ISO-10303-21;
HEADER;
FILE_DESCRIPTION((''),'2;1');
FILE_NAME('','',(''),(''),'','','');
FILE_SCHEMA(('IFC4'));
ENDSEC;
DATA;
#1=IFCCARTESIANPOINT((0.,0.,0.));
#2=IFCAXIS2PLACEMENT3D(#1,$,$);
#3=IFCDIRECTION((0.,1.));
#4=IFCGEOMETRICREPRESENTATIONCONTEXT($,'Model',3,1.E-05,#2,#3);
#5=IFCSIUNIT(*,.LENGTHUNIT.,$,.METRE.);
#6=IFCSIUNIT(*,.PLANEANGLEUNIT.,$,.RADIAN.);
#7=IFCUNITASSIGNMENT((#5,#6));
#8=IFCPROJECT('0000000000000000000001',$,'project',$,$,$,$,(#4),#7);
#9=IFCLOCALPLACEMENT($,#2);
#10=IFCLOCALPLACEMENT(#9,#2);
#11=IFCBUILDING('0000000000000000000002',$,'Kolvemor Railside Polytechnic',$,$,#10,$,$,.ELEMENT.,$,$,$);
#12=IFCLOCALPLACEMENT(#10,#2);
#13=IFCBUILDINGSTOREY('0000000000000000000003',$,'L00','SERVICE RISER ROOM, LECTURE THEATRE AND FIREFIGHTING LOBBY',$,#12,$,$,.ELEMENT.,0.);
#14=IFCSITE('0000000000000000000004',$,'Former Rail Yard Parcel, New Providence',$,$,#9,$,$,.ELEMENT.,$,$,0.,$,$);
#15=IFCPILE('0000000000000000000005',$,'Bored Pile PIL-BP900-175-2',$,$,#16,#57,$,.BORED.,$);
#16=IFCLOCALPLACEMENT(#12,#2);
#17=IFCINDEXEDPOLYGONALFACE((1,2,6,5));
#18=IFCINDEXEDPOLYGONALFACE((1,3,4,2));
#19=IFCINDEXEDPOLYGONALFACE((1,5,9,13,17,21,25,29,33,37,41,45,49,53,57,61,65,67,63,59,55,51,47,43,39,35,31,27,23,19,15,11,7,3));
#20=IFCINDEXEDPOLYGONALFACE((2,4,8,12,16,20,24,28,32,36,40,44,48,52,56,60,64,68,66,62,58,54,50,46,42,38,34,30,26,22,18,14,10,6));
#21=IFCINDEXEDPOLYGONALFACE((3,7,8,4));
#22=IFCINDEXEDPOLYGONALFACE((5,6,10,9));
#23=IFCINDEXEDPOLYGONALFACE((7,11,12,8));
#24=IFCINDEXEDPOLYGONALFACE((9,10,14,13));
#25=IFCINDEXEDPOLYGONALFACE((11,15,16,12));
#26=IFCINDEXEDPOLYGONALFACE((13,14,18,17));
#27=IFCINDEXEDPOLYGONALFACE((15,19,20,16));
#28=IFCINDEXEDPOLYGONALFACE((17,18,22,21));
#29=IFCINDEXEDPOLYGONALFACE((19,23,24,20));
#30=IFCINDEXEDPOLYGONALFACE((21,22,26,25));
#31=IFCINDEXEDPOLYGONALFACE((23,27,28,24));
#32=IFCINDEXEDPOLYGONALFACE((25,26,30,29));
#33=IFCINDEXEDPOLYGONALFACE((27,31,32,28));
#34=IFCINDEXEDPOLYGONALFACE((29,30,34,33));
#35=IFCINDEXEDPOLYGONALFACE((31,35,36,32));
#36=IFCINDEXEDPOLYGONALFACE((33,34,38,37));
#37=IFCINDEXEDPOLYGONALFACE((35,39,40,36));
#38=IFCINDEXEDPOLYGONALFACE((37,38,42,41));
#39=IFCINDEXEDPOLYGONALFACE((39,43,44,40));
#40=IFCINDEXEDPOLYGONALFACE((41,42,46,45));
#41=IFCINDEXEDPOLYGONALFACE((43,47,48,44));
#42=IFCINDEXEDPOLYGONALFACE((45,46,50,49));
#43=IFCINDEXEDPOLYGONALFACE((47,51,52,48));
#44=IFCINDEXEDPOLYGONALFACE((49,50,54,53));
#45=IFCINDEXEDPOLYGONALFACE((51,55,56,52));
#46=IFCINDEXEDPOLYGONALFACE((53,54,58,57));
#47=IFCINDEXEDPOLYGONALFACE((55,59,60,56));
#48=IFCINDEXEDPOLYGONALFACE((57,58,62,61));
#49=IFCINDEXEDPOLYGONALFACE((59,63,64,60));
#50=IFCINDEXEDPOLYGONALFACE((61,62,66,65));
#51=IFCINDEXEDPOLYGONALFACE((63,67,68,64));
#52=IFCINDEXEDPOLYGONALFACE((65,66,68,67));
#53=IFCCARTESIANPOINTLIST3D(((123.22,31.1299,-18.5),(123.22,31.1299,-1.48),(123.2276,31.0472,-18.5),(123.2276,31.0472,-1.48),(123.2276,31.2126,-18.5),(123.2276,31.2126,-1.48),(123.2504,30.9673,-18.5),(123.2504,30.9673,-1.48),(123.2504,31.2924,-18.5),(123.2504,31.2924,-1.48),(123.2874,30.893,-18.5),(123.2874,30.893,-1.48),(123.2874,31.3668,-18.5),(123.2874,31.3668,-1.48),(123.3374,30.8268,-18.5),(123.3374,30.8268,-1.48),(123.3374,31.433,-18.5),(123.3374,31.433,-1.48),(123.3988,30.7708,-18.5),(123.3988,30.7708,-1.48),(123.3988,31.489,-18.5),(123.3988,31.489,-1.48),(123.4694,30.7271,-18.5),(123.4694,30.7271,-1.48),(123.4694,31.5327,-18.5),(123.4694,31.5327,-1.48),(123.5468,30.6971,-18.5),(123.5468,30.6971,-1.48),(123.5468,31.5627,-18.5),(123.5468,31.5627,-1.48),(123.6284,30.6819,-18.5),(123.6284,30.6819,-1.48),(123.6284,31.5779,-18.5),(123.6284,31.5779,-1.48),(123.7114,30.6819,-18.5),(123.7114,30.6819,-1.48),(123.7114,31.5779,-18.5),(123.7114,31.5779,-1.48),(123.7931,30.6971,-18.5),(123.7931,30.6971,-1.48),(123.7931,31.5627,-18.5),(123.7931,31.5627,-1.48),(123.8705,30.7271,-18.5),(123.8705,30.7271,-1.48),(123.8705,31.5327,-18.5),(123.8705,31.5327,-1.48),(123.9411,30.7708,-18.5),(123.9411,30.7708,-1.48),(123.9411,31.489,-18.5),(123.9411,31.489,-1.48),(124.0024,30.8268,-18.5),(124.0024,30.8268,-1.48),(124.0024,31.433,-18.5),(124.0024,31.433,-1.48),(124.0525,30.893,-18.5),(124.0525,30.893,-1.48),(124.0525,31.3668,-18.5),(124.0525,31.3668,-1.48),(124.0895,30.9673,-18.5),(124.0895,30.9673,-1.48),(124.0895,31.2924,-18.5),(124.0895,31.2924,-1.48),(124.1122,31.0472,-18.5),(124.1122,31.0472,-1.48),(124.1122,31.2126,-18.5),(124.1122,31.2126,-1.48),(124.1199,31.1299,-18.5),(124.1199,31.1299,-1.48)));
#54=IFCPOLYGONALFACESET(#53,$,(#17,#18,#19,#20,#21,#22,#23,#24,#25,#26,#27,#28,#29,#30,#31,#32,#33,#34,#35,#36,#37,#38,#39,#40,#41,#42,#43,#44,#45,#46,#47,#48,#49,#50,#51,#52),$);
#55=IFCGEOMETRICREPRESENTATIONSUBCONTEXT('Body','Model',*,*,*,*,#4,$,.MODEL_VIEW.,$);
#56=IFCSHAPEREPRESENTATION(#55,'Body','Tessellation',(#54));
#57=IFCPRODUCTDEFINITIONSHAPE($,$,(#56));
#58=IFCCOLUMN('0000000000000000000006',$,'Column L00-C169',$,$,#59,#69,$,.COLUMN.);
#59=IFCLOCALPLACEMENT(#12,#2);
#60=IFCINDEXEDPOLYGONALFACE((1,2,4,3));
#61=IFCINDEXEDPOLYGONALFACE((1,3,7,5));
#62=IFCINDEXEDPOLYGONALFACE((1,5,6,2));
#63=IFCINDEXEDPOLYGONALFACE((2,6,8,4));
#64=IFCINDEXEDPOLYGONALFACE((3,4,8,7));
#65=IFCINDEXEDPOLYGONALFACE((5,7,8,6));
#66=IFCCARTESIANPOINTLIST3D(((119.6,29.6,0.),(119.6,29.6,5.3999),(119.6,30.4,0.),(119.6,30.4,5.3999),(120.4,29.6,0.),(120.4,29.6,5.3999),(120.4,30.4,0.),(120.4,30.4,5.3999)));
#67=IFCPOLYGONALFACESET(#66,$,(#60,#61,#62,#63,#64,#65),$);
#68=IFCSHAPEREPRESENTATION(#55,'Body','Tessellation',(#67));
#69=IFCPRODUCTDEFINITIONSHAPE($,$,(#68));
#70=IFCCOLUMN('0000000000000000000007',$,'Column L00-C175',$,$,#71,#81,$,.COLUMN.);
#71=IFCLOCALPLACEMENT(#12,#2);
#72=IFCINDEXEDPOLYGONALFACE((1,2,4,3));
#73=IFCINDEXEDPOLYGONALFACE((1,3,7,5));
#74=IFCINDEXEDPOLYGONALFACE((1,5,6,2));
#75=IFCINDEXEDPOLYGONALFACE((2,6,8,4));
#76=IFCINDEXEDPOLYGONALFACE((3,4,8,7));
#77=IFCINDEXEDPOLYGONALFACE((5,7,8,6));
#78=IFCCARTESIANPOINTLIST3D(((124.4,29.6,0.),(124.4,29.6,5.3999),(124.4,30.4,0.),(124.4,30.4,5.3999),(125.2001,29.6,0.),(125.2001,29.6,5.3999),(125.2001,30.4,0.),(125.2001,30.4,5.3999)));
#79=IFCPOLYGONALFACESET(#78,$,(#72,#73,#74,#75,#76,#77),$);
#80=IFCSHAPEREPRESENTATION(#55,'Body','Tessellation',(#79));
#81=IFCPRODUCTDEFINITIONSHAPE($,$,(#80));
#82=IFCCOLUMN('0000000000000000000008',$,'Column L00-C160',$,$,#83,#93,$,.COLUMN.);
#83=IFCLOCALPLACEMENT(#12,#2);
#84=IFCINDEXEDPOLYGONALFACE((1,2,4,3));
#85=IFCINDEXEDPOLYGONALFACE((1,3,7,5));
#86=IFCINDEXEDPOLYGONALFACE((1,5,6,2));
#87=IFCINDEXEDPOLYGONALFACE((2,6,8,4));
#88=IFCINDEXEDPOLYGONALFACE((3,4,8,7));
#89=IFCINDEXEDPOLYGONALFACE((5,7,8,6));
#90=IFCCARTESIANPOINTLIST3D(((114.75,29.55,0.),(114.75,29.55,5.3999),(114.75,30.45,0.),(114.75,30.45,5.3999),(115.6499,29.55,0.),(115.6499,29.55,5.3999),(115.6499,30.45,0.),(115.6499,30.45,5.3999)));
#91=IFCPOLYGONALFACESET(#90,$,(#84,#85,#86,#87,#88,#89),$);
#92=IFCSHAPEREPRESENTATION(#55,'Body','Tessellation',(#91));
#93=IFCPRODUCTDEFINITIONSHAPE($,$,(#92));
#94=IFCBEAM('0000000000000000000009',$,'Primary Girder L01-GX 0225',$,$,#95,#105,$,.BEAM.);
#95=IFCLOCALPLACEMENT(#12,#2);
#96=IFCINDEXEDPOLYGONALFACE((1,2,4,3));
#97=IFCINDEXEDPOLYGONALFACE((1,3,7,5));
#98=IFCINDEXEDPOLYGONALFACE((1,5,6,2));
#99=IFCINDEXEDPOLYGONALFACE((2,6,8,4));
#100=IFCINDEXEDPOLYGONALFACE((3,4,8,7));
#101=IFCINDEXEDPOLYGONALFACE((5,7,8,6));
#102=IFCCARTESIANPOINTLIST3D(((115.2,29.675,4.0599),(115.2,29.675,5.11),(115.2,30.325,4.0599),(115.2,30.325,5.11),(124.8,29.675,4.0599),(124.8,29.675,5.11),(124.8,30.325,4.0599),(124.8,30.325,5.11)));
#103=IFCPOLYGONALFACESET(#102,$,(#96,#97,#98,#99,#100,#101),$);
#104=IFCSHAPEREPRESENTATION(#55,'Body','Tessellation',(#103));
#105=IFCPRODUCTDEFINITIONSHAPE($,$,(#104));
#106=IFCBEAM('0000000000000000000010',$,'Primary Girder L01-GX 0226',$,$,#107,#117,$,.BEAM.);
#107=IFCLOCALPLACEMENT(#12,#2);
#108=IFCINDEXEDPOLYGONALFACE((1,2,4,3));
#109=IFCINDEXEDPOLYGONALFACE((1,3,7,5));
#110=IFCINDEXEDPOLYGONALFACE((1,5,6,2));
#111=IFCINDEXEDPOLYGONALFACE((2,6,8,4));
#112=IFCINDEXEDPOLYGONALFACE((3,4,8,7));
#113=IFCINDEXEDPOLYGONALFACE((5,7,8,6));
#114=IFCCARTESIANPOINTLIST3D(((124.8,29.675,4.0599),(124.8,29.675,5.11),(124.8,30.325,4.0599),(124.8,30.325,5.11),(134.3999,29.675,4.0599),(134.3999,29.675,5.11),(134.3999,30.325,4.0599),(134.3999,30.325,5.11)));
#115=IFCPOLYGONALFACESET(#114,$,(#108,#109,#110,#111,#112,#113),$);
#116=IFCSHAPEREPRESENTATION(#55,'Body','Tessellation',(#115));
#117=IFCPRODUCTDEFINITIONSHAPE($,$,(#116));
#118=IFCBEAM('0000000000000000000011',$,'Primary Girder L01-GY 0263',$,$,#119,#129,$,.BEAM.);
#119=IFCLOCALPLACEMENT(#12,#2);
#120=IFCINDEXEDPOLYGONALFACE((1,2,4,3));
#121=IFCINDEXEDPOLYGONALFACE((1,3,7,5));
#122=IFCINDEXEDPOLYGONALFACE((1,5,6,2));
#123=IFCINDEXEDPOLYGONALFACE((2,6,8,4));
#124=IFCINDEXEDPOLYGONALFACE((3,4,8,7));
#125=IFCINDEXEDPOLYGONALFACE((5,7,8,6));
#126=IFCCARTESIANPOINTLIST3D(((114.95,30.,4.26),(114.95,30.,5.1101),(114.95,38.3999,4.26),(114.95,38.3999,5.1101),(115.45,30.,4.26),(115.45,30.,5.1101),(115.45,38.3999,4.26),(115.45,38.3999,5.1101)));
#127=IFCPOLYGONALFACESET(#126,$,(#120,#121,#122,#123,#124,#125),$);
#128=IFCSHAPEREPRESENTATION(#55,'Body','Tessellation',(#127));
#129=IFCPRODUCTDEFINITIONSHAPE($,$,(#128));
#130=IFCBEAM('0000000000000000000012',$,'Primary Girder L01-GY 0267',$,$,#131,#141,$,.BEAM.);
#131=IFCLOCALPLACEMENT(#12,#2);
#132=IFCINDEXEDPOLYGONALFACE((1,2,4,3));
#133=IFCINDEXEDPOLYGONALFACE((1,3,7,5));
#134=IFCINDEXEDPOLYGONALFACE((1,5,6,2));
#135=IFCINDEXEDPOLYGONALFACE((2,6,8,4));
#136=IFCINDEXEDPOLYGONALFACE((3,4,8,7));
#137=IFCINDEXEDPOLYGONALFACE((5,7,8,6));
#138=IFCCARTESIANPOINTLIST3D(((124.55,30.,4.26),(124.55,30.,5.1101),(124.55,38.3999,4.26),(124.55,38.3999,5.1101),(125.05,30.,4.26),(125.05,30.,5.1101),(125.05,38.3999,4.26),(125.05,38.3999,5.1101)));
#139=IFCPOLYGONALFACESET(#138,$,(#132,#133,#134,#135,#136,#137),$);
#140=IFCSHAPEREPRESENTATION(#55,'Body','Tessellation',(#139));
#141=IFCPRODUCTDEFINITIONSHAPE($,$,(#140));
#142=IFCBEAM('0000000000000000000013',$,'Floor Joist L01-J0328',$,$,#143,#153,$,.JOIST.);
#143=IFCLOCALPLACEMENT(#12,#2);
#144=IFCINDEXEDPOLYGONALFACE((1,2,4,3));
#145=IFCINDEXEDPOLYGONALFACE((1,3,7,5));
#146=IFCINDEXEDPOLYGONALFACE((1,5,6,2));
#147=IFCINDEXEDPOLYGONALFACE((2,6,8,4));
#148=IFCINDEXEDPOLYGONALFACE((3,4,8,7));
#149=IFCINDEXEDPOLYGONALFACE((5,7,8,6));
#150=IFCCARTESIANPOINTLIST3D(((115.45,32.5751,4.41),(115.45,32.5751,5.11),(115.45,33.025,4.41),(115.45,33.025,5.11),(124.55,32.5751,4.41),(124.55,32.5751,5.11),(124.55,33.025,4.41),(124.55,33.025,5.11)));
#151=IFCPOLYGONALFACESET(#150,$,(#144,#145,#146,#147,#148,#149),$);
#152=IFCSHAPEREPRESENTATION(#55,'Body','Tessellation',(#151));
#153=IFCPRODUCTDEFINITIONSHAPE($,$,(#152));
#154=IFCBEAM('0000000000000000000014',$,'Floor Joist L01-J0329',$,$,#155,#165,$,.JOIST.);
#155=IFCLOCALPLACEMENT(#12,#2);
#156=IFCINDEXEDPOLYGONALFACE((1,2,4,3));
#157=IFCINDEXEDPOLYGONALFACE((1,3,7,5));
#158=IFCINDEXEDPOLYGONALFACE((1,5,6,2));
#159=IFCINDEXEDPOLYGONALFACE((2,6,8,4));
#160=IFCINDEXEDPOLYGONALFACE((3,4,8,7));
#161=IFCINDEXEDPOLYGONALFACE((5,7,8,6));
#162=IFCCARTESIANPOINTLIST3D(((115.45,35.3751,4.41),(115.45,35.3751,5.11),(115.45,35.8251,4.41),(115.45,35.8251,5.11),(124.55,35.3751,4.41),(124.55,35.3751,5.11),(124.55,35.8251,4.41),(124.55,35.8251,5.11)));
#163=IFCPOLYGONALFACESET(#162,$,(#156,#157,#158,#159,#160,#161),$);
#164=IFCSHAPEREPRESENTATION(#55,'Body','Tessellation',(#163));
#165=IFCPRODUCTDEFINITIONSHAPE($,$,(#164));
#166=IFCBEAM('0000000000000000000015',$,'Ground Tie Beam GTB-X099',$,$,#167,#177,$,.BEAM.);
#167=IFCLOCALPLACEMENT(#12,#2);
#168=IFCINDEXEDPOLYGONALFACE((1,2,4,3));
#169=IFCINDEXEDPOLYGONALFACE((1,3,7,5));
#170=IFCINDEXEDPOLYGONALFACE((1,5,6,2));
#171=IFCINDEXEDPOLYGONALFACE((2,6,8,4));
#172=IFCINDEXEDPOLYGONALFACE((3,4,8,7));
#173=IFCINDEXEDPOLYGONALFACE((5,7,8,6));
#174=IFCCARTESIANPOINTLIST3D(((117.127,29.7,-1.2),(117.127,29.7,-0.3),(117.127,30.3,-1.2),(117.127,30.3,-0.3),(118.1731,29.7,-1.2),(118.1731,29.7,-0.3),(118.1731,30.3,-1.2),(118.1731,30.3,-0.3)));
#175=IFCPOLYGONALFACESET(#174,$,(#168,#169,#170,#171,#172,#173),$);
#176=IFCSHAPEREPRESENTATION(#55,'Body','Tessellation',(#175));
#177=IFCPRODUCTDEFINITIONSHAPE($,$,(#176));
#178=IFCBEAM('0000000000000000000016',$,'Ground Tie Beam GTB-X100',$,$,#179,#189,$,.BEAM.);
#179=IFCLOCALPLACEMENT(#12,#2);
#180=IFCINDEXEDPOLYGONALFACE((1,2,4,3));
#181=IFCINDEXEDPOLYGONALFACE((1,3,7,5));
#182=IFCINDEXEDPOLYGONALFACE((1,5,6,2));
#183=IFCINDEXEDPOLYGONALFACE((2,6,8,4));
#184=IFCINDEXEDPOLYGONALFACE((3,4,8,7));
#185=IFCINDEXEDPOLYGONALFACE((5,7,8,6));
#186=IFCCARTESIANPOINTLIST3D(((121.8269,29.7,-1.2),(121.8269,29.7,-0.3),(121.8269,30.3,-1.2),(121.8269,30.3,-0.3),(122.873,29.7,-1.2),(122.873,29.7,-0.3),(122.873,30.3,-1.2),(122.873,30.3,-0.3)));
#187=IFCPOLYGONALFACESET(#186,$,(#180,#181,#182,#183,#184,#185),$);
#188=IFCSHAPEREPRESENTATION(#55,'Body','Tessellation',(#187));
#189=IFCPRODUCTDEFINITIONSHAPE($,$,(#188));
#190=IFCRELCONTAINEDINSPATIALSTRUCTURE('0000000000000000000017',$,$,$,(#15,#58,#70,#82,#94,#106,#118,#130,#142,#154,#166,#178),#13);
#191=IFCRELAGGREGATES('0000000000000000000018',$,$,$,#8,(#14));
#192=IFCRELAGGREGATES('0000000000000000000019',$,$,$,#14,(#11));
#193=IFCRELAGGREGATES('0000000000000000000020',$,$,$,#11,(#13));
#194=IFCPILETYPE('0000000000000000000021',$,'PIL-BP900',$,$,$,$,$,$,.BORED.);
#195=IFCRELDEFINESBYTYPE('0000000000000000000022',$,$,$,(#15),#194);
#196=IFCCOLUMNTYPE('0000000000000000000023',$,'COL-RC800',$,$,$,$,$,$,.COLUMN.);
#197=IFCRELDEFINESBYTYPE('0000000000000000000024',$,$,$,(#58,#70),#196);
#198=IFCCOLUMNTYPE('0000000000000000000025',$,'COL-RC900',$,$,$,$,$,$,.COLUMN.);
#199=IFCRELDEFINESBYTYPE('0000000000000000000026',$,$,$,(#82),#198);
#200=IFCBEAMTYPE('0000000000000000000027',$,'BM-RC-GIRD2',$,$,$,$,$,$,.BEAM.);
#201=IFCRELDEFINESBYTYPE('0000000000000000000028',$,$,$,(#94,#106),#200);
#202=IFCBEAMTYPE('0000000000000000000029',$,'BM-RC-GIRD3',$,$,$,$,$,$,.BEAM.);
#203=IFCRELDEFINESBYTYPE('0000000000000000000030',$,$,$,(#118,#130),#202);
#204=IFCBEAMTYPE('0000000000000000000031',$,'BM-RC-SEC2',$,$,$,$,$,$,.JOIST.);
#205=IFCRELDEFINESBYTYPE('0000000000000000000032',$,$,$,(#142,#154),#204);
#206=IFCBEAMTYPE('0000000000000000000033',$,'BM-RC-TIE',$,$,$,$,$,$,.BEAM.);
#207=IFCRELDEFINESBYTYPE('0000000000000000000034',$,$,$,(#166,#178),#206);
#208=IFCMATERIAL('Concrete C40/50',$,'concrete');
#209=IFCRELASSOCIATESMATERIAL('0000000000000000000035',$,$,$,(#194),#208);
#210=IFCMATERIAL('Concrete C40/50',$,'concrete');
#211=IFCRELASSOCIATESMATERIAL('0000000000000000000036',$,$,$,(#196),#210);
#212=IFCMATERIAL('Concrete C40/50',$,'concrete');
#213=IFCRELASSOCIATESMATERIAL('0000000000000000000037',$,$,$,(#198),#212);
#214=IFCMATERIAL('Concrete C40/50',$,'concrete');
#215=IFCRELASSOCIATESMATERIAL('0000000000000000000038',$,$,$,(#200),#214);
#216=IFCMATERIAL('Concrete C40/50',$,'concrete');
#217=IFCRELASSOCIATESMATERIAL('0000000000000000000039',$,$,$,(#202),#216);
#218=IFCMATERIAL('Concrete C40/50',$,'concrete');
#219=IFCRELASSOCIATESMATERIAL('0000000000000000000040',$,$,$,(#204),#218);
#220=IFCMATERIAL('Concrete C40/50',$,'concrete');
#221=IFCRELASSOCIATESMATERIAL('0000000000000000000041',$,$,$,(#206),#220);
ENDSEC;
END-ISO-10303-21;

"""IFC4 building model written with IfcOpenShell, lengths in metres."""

from ifc_helpers import new_model, si_unit, direction, frame, origin, origin_2d, place, context, subcontext, project, spatial, rectangle, circle, extrude, material, material_profile, profile_set, type_object, element, save


model = new_model("IFC4")

# Units and contexts
model_context = context("Model", 3, precision=1e-05, world=origin(), true_north=direction((0.0, 1.0)))
body_context = subcontext(model_context, "Body", "Model", "MODEL_VIEW")
ifc_project = project(units=[si_unit("LENGTHUNIT", "METRE"), si_unit("PLANEANGLEUNIT", "RADIAN")], contexts=[model_context])

# Site, building, storey
site_placement = place(None, origin())
site = spatial("IfcSite", under=ifc_project, at=site_placement, Name="Former Rail Yard Parcel, New Providence", CompositionType="ELEMENT", RefElevation=0.0)
building_placement = place(site_placement, origin())
building = spatial("IfcBuilding", under=site, at=building_placement, Name="Kolvemor Railside Polytechnic", CompositionType="ELEMENT")
storey_placement = place(building_placement, origin())
storey = spatial("IfcBuildingStorey", under=building, at=storey_placement, Name="L00", Description="SERVICE RISER ROOM, LECTURE THEATRE AND FIREFIGHTING LOBBY", CompositionType="ELEMENT", Elevation=0.0)

# Pile
ifc_material_1 = material(Name="Concrete C40/50", Category="concrete")
ifc_material_profile_1 = material_profile(ifc_material_1, circle(Radius=0.45, at=origin_2d()), Name="BP900")
ifc_profile_set_1 = profile_set([ifc_material_profile_1], Name="Concrete C40/50")
pile_type_1 = type_object("IfcPileType", Name="PIL-BP900", PredefinedType="BORED", material=ifc_profile_set_1)
for number, where, z_axis, x_axis, name in (
    (1, (123.6699, 31.1299, -1.48), (0.0, 0.0, -1.0), (1.0, 0.0, 0.0), "Bored Pile PIL-BP900-175-2"),
):
    element("IfcPile", number, at=place(storey_placement, frame(where, z_axis=z_axis, x_axis=x_axis)), inside=storey, type_object=pile_type_1, Name=name, PredefinedType="BORED", context=body_context, shape_type="SweptSolid", body=[
        extrude(circle(Radius=0.45, at=origin_2d()), origin(), (0.0, 0.0, 1.0), 17.02),
    ])

# Columns
ifc_material_2 = material(Name="Concrete C40/50", Category="concrete")
ifc_material_profile_2 = material_profile(ifc_material_2, rectangle(XDim=0.8, YDim=0.8, at=origin_2d()), Name="RC800x800")
ifc_profile_set_2 = profile_set([ifc_material_profile_2], Name="Concrete C40/50")
column_type_1 = type_object("IfcColumnType", Name="COL-RC800", PredefinedType="COLUMN", material=ifc_profile_set_2)
for number, where, z_axis, x_axis, name in (
    (2, (120.0, 30.0, 0.0), (0.0, 0.0, 1.0), (1.0, 0.0, 0.0), "Column L00-C169"),
    (3, (124.8, 30.0, 0.0), (0.0, 0.0, 1.0), (1.0, 0.0, 0.0), "Column L00-C175"),
):
    element("IfcColumn", number, at=place(storey_placement, frame(where, z_axis=z_axis, x_axis=x_axis)), inside=storey, type_object=column_type_1, Name=name, PredefinedType="COLUMN", context=body_context, shape_type="SweptSolid", body=[
        extrude(rectangle(XDim=0.8, YDim=0.8, at=origin_2d()), origin(), (0.0, 0.0, 1.0), 5.3999),
    ])
ifc_material_3 = material(Name="Concrete C40/50", Category="concrete")
ifc_material_profile_3 = material_profile(ifc_material_3, rectangle(XDim=0.8999, YDim=0.8999, at=origin_2d()), Name="RC900x900")
ifc_profile_set_3 = profile_set([ifc_material_profile_3], Name="Concrete C40/50")
column_type_2 = type_object("IfcColumnType", Name="COL-RC900", PredefinedType="COLUMN", material=ifc_profile_set_3)
column_placement = place(storey_placement, frame((115.2, 30.0, 0.0), z_axis=(0.0, 0.0, 1.0), x_axis=(1.0, 0.0, 0.0)))
element("IfcColumn", 4, at=column_placement, inside=storey, type_object=column_type_2, Name="Column L00-C160", PredefinedType="COLUMN", context=body_context, shape_type="SweptSolid", body=[
    extrude(rectangle(XDim=0.8999, YDim=0.8999, at=origin_2d()), origin(), (0.0, 0.0, 1.0), 5.3999),
])

# Beams
ifc_material_4 = material(Name="Concrete C40/50", Category="concrete")
ifc_material_profile_4 = material_profile(ifc_material_4, rectangle(XDim=0.6499, YDim=1.05, at=origin_2d()), Name="RC650x1050")
ifc_profile_set_4 = profile_set([ifc_material_profile_4], Name="Concrete C40/50")
beam_type_1 = type_object("IfcBeamType", Name="BM-RC-GIRD2", PredefinedType="BEAM", material=ifc_profile_set_4)
beam_1_placement = place(storey_placement, frame((115.2, 30.0, 4.585), z_axis=(1.0, 0.0, 0.0), x_axis=(0.0, 1.0, 0.0)))
element("IfcBeam", 5, at=beam_1_placement, inside=storey, type_object=beam_type_1, Name="Primary Girder L01-GX 0225", PredefinedType="BEAM", context=body_context, shape_type="SweptSolid", body=[
    extrude(rectangle(XDim=0.6499, YDim=1.05, at=origin_2d()), origin(), (0.0, 0.0, 1.0), 9.6001),
])
beam_2_placement = place(storey_placement, frame((124.8, 30.0, 4.585), z_axis=(1.0, 0.0, 0.0), x_axis=(0.0, 1.0, 0.0)))
element("IfcBeam", 6, at=beam_2_placement, inside=storey, type_object=beam_type_1, Name="Primary Girder L01-GX 0226", PredefinedType="BEAM", context=body_context, shape_type="SweptSolid", body=[
    extrude(rectangle(XDim=0.6499, YDim=1.05, at=origin_2d()), origin(), (0.0, 0.0, 1.0), 9.5999),
])
ifc_material_5 = material(Name="Concrete C40/50", Category="concrete")
ifc_material_profile_5 = material_profile(ifc_material_5, rectangle(XDim=0.5, YDim=0.8501, at=origin_2d()), Name="RC500x850")
ifc_profile_set_5 = profile_set([ifc_material_profile_5], Name="Concrete C40/50")
beam_type_2 = type_object("IfcBeamType", Name="BM-RC-GIRD3", PredefinedType="BEAM", material=ifc_profile_set_5)
for number, where, z_axis, x_axis, name in (
    (7, (115.2, 30.0, 4.6851), (0.0, 1.0, 0.0), (-1.0, 0.0, 0.0), "Primary Girder L01-GY 0263"),
    (8, (124.8, 30.0, 4.6851), (0.0, 1.0, 0.0), (-1.0, 0.0, 0.0), "Primary Girder L01-GY 0267"),
):
    element("IfcBeam", number, at=place(storey_placement, frame(where, z_axis=z_axis, x_axis=x_axis)), inside=storey, type_object=beam_type_2, Name=name, PredefinedType="BEAM", context=body_context, shape_type="SweptSolid", body=[
        extrude(rectangle(XDim=0.5, YDim=0.8501, at=origin_2d()), origin(), (0.0, 0.0, 1.0), 8.3999),
    ])
ifc_material_6 = material(Name="Concrete C40/50", Category="concrete")
ifc_material_profile_6 = material_profile(ifc_material_6, rectangle(XDim=0.45, YDim=0.7, at=origin_2d()), Name="RC450x700")
ifc_profile_set_6 = profile_set([ifc_material_profile_6], Name="Concrete C40/50")
beam_type_3 = type_object("IfcBeamType", Name="BM-RC-SEC2", PredefinedType="JOIST", material=ifc_profile_set_6)
for number, where, z_axis, x_axis, name in (
    (9, (115.45, 32.8, 4.76), (1.0, 0.0, 0.0), (0.0, 1.0, 0.0), "Floor Joist L01-J0328"),
    (10, (115.45, 35.6001, 4.76), (1.0, 0.0, 0.0), (0.0, 1.0, 0.0), "Floor Joist L01-J0329"),
):
    element("IfcBeam", number, at=place(storey_placement, frame(where, z_axis=z_axis, x_axis=x_axis)), inside=storey, type_object=beam_type_3, Name=name, PredefinedType="JOIST", context=body_context, shape_type="SweptSolid", body=[
        extrude(rectangle(XDim=0.45, YDim=0.7, at=origin_2d()), origin(), (0.0, 0.0, 1.0), 9.1001),
    ])
ifc_material_7 = material(Name="Concrete C40/50", Category="concrete")
ifc_material_profile_7 = material_profile(ifc_material_7, rectangle(XDim=0.6001, YDim=0.8999, at=origin_2d()), Name="RC600x900")
ifc_profile_set_7 = profile_set([ifc_material_profile_7], Name="Concrete C40/50")
beam_type_4 = type_object("IfcBeamType", Name="BM-RC-TIE", PredefinedType="BEAM", material=ifc_profile_set_7)
for number, where, z_axis, x_axis, name in (
    (11, (117.127, 30.0, -0.75), (1.0, 0.0, 0.0), (0.0, 1.0, 0.0), "Ground Tie Beam GTB-X099"),
    (12, (121.8269, 30.0, -0.75), (1.0, 0.0, 0.0), (0.0, 1.0, 0.0), "Ground Tie Beam GTB-X100"),
):
    element("IfcBeam", number, at=place(storey_placement, frame(where, z_axis=z_axis, x_axis=x_axis)), inside=storey, type_object=beam_type_4, Name=name, PredefinedType="BEAM", context=body_context, shape_type="SweptSolid", body=[
        extrude(rectangle(XDim=0.6001, YDim=0.8999, at=origin_2d()), origin(), (0.0, 0.0, 1.0), 1.0461),
    ])

save(model, "model.ifc")
